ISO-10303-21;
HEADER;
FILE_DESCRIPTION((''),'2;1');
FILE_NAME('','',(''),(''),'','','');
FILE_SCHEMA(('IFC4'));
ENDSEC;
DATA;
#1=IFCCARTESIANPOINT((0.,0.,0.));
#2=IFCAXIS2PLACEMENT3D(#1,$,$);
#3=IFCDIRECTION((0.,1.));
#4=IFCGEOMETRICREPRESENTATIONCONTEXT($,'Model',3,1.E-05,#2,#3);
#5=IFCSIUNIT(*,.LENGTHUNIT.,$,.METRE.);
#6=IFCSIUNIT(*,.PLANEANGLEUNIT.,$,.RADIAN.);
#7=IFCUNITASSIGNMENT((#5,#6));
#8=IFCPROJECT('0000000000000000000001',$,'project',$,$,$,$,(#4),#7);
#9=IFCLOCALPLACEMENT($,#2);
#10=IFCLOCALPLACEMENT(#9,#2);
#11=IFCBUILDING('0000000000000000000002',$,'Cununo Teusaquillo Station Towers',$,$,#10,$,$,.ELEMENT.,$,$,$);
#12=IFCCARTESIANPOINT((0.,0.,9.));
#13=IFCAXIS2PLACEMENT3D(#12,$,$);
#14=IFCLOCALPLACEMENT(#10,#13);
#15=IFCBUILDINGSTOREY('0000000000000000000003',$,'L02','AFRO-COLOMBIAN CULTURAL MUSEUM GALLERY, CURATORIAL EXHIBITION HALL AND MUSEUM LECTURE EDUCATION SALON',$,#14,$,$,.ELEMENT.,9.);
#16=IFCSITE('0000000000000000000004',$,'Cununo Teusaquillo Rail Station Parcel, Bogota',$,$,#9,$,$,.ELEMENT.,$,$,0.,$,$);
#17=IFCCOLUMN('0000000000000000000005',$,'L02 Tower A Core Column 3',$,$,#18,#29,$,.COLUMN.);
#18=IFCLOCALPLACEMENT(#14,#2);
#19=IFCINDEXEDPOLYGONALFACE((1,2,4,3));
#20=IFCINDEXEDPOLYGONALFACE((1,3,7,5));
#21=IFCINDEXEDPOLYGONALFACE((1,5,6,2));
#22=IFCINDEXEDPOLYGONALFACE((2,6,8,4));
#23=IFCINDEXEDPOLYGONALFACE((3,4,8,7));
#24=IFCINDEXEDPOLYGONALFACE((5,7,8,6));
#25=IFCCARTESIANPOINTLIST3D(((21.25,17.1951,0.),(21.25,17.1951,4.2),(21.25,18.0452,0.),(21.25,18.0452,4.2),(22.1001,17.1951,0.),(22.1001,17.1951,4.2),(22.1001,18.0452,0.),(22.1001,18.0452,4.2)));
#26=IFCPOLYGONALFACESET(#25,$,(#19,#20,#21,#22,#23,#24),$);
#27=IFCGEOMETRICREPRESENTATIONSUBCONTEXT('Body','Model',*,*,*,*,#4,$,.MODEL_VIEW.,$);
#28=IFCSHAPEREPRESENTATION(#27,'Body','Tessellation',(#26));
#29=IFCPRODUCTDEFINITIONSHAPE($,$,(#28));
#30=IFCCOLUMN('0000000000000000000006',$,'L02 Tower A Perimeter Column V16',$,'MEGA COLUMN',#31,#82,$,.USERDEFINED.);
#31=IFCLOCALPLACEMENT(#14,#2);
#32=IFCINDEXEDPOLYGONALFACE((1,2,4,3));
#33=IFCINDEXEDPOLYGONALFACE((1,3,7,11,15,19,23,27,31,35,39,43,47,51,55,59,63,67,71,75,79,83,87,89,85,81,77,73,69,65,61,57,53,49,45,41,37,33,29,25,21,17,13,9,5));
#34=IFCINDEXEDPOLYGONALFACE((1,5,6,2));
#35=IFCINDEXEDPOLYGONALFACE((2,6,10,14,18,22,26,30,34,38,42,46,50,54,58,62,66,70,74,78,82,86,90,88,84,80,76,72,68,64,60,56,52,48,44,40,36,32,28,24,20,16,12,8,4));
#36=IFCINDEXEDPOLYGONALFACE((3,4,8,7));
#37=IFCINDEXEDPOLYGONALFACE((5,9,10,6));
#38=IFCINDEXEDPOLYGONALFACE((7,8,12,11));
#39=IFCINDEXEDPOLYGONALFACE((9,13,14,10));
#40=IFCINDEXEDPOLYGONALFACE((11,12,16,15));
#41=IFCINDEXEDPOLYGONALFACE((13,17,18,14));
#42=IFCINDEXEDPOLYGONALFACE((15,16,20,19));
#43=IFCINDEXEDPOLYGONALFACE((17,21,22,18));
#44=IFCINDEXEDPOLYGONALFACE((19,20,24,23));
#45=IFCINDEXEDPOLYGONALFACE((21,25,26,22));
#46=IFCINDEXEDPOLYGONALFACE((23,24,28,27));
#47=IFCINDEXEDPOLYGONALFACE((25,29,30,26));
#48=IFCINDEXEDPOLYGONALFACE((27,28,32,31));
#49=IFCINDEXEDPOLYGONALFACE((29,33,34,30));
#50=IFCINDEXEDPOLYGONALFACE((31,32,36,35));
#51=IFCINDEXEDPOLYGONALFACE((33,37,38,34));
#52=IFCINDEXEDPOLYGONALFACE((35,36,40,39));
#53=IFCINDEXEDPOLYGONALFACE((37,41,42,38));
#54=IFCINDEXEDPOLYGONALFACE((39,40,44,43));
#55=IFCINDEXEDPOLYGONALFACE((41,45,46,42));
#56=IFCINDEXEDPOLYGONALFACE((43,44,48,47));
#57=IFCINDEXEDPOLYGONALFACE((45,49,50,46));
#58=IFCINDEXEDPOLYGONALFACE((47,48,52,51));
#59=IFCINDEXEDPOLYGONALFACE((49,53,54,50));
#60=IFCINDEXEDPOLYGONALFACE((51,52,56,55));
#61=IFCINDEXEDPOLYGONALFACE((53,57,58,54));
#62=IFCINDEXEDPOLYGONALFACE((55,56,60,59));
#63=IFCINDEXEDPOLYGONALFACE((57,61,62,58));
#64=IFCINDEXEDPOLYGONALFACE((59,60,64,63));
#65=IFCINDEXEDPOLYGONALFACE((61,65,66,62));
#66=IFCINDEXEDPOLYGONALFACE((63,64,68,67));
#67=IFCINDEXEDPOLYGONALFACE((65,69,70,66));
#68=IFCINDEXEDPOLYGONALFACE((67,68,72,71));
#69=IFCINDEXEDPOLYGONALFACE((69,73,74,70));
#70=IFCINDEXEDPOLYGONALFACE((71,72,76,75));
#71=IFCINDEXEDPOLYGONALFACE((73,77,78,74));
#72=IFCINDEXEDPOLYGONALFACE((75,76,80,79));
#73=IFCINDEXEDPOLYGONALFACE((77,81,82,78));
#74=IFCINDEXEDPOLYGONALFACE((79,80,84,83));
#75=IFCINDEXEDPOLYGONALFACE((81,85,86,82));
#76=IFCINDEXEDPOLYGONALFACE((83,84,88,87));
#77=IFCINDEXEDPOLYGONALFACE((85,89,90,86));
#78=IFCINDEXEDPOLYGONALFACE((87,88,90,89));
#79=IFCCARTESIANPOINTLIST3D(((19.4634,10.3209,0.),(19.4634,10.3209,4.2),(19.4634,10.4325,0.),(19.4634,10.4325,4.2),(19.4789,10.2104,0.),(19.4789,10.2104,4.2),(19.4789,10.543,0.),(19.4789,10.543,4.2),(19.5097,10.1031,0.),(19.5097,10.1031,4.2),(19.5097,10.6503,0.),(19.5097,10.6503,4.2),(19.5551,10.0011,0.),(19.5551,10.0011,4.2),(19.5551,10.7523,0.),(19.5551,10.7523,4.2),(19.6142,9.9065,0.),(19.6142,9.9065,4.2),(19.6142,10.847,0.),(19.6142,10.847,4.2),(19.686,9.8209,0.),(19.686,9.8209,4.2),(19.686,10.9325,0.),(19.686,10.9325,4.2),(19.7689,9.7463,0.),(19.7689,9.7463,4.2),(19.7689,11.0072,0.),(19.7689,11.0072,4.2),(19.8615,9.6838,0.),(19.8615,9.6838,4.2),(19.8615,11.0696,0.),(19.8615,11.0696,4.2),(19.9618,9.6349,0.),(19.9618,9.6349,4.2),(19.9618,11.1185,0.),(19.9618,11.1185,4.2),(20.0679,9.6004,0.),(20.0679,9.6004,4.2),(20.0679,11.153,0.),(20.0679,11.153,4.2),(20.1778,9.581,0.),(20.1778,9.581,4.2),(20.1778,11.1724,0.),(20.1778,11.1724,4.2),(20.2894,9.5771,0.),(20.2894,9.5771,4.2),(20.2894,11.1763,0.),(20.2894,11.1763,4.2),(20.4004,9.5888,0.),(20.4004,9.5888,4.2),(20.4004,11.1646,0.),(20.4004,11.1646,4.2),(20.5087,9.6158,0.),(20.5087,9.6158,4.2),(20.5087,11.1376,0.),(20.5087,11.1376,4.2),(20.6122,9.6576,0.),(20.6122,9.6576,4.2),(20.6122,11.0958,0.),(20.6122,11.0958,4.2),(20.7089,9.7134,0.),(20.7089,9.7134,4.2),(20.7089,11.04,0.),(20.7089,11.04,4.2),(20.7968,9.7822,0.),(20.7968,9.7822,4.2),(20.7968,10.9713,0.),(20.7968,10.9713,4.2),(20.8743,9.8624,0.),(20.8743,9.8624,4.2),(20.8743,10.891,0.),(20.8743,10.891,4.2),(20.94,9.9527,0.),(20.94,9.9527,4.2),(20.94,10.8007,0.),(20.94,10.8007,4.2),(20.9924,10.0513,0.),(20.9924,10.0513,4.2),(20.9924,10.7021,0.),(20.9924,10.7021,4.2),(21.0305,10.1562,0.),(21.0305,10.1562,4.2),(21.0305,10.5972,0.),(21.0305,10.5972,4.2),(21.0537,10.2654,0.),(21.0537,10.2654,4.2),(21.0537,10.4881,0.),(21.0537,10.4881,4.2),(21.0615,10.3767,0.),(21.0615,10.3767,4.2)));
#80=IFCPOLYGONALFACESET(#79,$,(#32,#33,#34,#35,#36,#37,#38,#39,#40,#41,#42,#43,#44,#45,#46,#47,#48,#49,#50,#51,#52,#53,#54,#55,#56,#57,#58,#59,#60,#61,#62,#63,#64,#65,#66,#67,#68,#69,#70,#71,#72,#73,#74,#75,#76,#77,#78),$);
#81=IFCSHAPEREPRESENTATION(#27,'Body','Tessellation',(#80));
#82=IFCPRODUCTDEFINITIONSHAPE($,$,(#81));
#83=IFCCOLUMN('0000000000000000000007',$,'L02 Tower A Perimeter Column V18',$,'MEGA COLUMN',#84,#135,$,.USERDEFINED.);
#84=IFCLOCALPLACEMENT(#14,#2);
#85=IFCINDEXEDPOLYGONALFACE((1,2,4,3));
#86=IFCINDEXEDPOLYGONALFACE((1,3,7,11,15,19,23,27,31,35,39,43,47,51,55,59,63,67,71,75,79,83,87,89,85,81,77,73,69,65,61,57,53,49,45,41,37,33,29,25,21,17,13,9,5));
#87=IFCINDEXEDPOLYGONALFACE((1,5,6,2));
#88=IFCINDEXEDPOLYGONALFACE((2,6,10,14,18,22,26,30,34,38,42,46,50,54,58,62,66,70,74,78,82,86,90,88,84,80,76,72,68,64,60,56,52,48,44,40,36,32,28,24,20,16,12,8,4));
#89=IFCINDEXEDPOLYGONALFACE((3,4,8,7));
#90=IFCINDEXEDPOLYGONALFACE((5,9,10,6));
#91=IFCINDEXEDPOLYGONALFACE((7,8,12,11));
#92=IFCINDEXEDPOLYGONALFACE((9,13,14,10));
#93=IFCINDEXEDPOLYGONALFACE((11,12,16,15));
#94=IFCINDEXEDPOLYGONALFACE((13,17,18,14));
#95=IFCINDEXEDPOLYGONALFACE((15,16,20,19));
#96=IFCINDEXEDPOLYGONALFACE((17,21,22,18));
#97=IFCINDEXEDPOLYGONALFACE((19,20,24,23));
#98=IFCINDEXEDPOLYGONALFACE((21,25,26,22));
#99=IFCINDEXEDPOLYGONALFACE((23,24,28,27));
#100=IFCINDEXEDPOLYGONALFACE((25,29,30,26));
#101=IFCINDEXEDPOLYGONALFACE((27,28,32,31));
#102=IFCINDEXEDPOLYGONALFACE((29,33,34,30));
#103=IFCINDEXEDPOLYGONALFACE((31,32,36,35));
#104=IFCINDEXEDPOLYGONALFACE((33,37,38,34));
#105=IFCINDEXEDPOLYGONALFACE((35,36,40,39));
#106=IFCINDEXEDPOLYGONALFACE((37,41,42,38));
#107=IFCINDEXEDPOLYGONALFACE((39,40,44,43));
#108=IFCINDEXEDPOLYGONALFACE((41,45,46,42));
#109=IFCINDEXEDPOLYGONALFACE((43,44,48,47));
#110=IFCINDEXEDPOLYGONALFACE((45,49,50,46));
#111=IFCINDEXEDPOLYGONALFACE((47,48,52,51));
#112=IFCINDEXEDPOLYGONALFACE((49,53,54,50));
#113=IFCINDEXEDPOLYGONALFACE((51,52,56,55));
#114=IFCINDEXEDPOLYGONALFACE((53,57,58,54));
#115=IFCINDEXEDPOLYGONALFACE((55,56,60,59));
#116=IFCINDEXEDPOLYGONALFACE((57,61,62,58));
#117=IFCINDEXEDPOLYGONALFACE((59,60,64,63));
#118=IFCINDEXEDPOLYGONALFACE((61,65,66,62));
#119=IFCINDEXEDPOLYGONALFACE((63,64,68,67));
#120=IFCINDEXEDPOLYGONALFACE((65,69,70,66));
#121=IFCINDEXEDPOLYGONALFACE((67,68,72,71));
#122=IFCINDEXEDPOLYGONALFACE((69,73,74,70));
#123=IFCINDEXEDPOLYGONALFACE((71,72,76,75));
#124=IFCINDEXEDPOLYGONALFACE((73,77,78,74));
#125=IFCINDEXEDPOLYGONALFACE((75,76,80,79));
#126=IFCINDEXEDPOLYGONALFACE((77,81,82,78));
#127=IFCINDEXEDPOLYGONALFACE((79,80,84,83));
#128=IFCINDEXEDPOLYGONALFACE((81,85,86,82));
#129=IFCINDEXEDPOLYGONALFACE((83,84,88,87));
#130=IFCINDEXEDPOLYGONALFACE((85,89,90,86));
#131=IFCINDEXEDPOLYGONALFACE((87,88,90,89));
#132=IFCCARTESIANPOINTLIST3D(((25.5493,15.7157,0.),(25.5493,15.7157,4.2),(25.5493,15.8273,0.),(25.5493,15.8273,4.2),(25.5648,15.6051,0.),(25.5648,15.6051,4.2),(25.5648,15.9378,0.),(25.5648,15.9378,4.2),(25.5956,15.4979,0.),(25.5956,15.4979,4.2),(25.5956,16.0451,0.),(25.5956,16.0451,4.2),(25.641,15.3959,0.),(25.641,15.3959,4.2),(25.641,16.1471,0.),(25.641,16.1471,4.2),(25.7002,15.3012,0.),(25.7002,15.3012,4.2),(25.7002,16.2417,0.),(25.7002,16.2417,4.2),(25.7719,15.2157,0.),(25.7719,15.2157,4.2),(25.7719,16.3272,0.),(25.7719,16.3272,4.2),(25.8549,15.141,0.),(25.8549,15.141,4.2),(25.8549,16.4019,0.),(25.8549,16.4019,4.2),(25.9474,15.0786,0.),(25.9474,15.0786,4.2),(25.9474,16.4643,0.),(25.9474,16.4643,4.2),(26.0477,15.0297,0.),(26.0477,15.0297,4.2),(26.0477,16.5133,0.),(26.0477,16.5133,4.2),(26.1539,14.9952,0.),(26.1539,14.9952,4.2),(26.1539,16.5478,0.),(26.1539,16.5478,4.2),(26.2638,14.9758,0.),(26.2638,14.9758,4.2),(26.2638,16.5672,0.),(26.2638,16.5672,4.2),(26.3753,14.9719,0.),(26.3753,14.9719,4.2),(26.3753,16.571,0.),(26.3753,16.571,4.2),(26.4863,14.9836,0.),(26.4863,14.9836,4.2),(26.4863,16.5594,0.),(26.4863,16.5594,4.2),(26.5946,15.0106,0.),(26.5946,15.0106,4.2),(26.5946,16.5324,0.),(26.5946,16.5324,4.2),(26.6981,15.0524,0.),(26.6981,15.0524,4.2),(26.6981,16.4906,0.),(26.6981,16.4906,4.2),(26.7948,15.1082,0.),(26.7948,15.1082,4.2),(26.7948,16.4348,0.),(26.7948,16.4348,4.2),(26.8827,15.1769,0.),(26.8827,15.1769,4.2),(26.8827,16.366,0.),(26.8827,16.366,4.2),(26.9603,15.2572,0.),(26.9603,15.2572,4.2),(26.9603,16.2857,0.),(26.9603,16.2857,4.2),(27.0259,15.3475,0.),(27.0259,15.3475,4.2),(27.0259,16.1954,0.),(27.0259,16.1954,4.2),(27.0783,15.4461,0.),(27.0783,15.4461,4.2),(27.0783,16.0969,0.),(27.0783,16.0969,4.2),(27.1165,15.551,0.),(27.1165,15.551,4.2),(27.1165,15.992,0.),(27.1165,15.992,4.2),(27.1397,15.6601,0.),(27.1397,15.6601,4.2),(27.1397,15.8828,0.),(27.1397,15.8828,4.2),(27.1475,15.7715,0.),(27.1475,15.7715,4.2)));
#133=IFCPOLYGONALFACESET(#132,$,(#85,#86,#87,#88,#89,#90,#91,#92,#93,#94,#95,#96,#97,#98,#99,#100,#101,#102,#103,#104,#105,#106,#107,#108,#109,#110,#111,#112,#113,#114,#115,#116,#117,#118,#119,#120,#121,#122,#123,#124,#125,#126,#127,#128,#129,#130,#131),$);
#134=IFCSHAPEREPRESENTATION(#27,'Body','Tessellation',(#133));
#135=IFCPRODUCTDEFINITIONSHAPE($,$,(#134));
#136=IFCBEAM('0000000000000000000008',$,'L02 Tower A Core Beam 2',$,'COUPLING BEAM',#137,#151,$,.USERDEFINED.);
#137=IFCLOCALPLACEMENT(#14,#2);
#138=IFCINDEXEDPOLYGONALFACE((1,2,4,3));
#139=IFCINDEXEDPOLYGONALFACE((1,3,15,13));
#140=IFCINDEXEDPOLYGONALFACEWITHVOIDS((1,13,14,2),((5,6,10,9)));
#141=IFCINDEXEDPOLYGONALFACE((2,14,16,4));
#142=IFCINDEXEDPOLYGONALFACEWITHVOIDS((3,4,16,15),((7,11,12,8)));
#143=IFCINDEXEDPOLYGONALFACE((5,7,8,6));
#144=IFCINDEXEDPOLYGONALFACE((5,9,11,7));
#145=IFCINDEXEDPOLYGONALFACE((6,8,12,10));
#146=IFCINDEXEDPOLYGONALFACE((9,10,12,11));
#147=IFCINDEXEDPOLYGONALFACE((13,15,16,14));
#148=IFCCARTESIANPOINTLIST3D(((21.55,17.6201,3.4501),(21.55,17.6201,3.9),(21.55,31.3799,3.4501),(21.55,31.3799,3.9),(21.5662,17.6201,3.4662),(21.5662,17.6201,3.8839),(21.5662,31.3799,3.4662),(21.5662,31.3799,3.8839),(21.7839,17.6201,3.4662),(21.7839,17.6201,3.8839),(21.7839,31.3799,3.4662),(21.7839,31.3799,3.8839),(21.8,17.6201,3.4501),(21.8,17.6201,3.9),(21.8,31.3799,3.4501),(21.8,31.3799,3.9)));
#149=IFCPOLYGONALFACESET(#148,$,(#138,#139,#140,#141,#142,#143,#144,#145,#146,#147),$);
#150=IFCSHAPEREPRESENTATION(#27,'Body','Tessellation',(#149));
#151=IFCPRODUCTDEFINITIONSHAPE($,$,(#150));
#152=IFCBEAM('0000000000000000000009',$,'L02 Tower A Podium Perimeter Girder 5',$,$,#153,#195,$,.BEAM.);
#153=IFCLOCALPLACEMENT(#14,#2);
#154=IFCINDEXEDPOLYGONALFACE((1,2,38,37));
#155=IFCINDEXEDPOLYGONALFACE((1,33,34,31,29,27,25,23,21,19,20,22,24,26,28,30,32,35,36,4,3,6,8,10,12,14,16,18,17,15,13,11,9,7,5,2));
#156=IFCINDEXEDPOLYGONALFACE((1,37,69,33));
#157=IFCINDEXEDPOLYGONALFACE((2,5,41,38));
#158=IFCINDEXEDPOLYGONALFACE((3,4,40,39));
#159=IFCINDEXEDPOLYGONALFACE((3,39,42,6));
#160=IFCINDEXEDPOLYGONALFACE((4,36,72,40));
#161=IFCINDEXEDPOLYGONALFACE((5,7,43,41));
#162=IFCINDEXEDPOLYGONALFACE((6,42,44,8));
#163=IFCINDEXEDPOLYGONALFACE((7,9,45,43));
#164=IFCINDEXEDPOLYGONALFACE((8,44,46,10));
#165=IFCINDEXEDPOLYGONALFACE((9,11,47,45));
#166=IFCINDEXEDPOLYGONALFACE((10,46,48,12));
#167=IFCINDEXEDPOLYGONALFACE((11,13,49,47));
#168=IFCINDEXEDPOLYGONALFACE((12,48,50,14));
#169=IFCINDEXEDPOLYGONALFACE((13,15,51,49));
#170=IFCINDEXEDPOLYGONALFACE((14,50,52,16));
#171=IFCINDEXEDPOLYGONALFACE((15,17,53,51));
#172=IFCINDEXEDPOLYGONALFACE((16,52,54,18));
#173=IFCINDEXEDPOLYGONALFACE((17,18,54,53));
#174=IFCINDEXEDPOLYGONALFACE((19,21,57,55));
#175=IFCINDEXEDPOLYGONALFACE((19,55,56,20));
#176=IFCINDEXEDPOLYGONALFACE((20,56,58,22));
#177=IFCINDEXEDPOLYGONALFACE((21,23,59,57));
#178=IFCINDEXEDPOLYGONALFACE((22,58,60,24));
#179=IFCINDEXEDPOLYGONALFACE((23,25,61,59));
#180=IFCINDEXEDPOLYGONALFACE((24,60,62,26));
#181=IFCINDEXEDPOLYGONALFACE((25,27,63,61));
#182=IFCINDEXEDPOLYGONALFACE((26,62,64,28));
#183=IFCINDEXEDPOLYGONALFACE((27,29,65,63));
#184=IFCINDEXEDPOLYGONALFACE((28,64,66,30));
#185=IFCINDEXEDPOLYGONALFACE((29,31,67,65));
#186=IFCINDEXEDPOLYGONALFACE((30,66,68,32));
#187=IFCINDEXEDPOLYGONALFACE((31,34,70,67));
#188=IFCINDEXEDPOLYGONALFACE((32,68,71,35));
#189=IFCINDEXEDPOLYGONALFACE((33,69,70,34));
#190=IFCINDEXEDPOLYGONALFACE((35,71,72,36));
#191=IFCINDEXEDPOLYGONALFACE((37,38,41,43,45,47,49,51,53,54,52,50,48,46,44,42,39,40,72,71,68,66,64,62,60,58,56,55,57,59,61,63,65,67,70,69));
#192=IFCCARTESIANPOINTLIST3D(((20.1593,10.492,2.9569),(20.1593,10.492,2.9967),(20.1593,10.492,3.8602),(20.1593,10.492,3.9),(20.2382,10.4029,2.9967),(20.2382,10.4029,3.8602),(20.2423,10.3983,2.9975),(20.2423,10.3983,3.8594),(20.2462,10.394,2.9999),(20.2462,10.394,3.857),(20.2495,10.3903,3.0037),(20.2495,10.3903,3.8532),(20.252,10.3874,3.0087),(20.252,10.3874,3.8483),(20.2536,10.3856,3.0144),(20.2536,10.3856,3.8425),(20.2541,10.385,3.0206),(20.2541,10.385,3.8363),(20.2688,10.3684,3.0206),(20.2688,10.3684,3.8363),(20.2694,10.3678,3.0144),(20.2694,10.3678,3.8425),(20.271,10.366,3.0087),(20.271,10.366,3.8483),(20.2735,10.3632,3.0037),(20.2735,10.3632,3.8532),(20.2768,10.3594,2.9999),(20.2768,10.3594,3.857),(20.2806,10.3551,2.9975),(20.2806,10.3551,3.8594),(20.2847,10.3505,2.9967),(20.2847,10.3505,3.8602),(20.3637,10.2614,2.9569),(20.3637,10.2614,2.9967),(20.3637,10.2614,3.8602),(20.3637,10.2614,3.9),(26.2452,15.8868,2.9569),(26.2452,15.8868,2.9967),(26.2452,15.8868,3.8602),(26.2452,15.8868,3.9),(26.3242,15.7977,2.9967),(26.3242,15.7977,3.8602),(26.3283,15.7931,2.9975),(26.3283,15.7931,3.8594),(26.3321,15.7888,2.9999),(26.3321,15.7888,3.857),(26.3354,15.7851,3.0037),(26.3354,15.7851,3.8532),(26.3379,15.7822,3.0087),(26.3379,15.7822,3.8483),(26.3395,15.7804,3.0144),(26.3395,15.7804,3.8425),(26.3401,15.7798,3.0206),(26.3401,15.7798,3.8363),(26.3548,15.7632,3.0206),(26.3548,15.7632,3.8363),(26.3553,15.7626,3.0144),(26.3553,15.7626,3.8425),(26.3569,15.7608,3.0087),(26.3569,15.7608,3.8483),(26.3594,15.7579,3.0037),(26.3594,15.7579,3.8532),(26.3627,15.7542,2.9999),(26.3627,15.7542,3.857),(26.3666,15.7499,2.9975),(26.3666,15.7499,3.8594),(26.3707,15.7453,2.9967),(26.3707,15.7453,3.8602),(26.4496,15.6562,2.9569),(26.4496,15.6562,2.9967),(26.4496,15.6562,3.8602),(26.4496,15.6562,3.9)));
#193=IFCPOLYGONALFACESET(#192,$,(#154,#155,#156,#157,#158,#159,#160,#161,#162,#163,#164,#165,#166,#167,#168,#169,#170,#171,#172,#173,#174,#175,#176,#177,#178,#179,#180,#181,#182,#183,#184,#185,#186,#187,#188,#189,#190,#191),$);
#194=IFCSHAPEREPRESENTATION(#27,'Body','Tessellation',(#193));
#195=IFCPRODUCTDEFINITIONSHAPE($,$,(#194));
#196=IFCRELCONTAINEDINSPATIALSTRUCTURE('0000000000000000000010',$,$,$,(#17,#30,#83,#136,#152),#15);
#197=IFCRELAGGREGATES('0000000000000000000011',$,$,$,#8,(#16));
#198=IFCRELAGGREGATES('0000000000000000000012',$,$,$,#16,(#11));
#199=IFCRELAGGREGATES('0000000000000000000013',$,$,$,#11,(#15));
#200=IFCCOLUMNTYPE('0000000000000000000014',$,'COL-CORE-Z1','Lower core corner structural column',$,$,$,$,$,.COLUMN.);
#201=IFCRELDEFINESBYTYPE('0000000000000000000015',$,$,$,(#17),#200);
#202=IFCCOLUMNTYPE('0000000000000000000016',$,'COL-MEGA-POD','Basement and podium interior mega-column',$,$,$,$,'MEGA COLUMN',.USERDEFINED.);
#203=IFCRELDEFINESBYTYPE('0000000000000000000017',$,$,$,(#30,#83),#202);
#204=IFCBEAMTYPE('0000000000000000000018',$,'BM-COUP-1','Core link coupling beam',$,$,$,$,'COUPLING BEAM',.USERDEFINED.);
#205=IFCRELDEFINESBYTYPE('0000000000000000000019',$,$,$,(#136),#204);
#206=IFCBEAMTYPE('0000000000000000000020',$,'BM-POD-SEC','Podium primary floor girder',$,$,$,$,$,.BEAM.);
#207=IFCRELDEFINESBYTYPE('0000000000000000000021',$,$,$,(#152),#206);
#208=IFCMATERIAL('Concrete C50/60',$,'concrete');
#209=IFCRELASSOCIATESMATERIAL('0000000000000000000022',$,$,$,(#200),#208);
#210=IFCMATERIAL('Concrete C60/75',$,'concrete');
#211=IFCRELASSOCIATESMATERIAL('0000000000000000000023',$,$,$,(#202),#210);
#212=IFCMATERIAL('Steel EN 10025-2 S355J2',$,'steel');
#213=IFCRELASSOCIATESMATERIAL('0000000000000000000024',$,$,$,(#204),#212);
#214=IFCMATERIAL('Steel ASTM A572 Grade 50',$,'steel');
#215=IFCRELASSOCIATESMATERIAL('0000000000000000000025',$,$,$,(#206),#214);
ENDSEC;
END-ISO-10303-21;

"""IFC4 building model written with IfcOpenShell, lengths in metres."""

from ifc_helpers import new_model, si_unit, direction, frame, origin, origin_2d, place, context, subcontext, project, spatial, rectangle, hollow_rectangle, circle, i_section, extrude, material, material_profile, profile_set, type_object, element, save


model = new_model("IFC4")

# Units and contexts
model_context = context("Model", 3, precision=1e-05, world=origin(), true_north=direction((0.0, 1.0)))
body_context = subcontext(model_context, "Body", "Model", "MODEL_VIEW")
ifc_project = project(units=[si_unit("LENGTHUNIT", "METRE"), si_unit("PLANEANGLEUNIT", "RADIAN")], contexts=[model_context])

# Site, building, storey
site_placement = place(None, origin())
site = spatial("IfcSite", under=ifc_project, at=site_placement, Name="Cununo Teusaquillo Rail Station Parcel, Bogota", CompositionType="ELEMENT", RefElevation=0.0)
building_placement = place(site_placement, origin())
building = spatial("IfcBuilding", under=site, at=building_placement, Name="Cununo Teusaquillo Station Towers", CompositionType="ELEMENT")
storey_placement = place(building_placement, frame((0.0, 0.0, 9.0)))
storey = spatial("IfcBuildingStorey", under=building, at=storey_placement, Name="L02", Description="AFRO-COLOMBIAN CULTURAL MUSEUM GALLERY, CURATORIAL EXHIBITION HALL AND MUSEUM LECTURE EDUCATION SALON", CompositionType="ELEMENT", Elevation=9.0)

# Columns
ifc_material_1 = material(Name="Concrete C50/60", Category="concrete")
ifc_material_profile_1 = material_profile(ifc_material_1, rectangle(XDim=0.8501, YDim=0.8501, at=origin_2d()), Name="RC-RECT-850x850")
ifc_profile_set_1 = profile_set([ifc_material_profile_1], Name="Concrete C50/60")
column_type_1 = type_object("IfcColumnType", Name="COL-CORE-Z1", Description="Lower core corner structural column", PredefinedType="COLUMN", material=ifc_profile_set_1)
column_placement = place(storey_placement, frame((21.675, 17.6201, 0.0), z_axis=(0.0, 0.0, 1.0), x_axis=(1.0, 0.0, 0.0)))
element("IfcColumn", 1, at=column_placement, inside=storey, type_object=column_type_1, Name="L02 Tower A Core Column 3", PredefinedType="COLUMN", context=body_context, shape_type="SweptSolid", body=[
    extrude(rectangle(XDim=0.8501, YDim=0.8501, at=origin_2d()), origin(), (0.0, 0.0, 1.0), 4.2),
])
ifc_material_2 = material(Name="Concrete C60/75", Category="concrete")
ifc_material_profile_2 = material_profile(ifc_material_2, circle(Radius=0.8, at=origin_2d()), Name="RC-CIRC-1600")
ifc_profile_set_2 = profile_set([ifc_material_profile_2], Name="Concrete C60/75")
column_type_2 = type_object("IfcColumnType", Name="COL-MEGA-POD", Description="Basement and podium interior mega-column", ElementType="MEGA COLUMN", PredefinedType="USERDEFINED", material=ifc_profile_set_2)
for number, where, z_axis, x_axis, name in (
    (2, (20.2615, 10.3767, 0.0), (0.0, 0.0, 1.0), (1.0, 0.0, 0.0), "L02 Tower A Perimeter Column V16"),
    (3, (26.3474, 15.7715, 0.0), (0.0, 0.0, 1.0), (1.0, 0.0, 0.0), "L02 Tower A Perimeter Column V18"),
):
    element("IfcColumn", number, at=place(storey_placement, frame(where, z_axis=z_axis, x_axis=x_axis)), inside=storey, type_object=column_type_2, Name=name, ObjectType="MEGA COLUMN", PredefinedType="USERDEFINED", context=body_context, shape_type="SweptSolid", body=[
        extrude(circle(Radius=0.8, at=origin_2d()), origin(), (0.0, 0.0, 1.0), 4.2),
    ])

# Beams
ifc_material_3 = material(Name="Steel EN 10025-2 S355J2", Category="steel")
ifc_material_profile_3 = material_profile(ifc_material_3, hollow_rectangle(XDim=0.25, YDim=0.45, WallThickness=0.0161, at=origin_2d()), Name="RHS 450x250x16")
ifc_profile_set_3 = profile_set([ifc_material_profile_3], Name="Steel EN 10025-2 S355J2")
beam_type_1 = type_object("IfcBeamType", Name="BM-COUP-1", Description="Core link coupling beam", ElementType="COUPLING BEAM", PredefinedType="USERDEFINED", material=ifc_profile_set_3)
beam_1_placement = place(storey_placement, frame((21.675, 17.6201, 3.675), z_axis=(0.0, 1.0, 0.0), x_axis=(-1.0, 0.0, 0.0)))
element("IfcBeam", 4, at=beam_1_placement, inside=storey, type_object=beam_type_1, Name="L02 Tower A Core Beam 2", ObjectType="COUPLING BEAM", PredefinedType="USERDEFINED", context=body_context, shape_type="SweptSolid", body=[
    extrude(hollow_rectangle(XDim=0.25, YDim=0.45, WallThickness=0.0161, at=origin_2d()), origin(), (0.0, 0.0, 1.0), 13.7598),
])
ifc_material_4 = material(Name="Steel ASTM A572 Grade 50", Category="steel")
ifc_material_profile_4 = material_profile(ifc_material_4, i_section(OverallWidth=0.3081, OverallDepth=0.9431, WebThickness=0.0222, FlangeThickness=0.0398, FilletRadius=0.0239, at=origin_2d()), Name="W36X232")
ifc_profile_set_4 = profile_set([ifc_material_profile_4], Name="Steel ASTM A572 Grade 50")
beam_type_2 = type_object("IfcBeamType", Name="BM-POD-SEC", Description="Podium primary floor girder", PredefinedType="BEAM", material=ifc_profile_set_4)
beam_2_placement = place(storey_placement, frame((20.2615, 10.3767, 3.4285), z_axis=(0.748321, 0.663337, 0.0), x_axis=(-0.663337, 0.748321, 0.0)))
element("IfcBeam", 5, at=beam_2_placement, inside=storey, type_object=beam_type_2, Name="L02 Tower A Podium Perimeter Girder 5", PredefinedType="BEAM", context=body_context, shape_type="SweptSolid", body=[
    extrude(i_section(OverallWidth=0.3081, OverallDepth=0.9431, WebThickness=0.0222, FlangeThickness=0.0398, FilletRadius=0.0239, at=origin_2d()), origin(), (0.0, 0.0, 1.0), 8.1328),
])

save(model, "model.ifc")
